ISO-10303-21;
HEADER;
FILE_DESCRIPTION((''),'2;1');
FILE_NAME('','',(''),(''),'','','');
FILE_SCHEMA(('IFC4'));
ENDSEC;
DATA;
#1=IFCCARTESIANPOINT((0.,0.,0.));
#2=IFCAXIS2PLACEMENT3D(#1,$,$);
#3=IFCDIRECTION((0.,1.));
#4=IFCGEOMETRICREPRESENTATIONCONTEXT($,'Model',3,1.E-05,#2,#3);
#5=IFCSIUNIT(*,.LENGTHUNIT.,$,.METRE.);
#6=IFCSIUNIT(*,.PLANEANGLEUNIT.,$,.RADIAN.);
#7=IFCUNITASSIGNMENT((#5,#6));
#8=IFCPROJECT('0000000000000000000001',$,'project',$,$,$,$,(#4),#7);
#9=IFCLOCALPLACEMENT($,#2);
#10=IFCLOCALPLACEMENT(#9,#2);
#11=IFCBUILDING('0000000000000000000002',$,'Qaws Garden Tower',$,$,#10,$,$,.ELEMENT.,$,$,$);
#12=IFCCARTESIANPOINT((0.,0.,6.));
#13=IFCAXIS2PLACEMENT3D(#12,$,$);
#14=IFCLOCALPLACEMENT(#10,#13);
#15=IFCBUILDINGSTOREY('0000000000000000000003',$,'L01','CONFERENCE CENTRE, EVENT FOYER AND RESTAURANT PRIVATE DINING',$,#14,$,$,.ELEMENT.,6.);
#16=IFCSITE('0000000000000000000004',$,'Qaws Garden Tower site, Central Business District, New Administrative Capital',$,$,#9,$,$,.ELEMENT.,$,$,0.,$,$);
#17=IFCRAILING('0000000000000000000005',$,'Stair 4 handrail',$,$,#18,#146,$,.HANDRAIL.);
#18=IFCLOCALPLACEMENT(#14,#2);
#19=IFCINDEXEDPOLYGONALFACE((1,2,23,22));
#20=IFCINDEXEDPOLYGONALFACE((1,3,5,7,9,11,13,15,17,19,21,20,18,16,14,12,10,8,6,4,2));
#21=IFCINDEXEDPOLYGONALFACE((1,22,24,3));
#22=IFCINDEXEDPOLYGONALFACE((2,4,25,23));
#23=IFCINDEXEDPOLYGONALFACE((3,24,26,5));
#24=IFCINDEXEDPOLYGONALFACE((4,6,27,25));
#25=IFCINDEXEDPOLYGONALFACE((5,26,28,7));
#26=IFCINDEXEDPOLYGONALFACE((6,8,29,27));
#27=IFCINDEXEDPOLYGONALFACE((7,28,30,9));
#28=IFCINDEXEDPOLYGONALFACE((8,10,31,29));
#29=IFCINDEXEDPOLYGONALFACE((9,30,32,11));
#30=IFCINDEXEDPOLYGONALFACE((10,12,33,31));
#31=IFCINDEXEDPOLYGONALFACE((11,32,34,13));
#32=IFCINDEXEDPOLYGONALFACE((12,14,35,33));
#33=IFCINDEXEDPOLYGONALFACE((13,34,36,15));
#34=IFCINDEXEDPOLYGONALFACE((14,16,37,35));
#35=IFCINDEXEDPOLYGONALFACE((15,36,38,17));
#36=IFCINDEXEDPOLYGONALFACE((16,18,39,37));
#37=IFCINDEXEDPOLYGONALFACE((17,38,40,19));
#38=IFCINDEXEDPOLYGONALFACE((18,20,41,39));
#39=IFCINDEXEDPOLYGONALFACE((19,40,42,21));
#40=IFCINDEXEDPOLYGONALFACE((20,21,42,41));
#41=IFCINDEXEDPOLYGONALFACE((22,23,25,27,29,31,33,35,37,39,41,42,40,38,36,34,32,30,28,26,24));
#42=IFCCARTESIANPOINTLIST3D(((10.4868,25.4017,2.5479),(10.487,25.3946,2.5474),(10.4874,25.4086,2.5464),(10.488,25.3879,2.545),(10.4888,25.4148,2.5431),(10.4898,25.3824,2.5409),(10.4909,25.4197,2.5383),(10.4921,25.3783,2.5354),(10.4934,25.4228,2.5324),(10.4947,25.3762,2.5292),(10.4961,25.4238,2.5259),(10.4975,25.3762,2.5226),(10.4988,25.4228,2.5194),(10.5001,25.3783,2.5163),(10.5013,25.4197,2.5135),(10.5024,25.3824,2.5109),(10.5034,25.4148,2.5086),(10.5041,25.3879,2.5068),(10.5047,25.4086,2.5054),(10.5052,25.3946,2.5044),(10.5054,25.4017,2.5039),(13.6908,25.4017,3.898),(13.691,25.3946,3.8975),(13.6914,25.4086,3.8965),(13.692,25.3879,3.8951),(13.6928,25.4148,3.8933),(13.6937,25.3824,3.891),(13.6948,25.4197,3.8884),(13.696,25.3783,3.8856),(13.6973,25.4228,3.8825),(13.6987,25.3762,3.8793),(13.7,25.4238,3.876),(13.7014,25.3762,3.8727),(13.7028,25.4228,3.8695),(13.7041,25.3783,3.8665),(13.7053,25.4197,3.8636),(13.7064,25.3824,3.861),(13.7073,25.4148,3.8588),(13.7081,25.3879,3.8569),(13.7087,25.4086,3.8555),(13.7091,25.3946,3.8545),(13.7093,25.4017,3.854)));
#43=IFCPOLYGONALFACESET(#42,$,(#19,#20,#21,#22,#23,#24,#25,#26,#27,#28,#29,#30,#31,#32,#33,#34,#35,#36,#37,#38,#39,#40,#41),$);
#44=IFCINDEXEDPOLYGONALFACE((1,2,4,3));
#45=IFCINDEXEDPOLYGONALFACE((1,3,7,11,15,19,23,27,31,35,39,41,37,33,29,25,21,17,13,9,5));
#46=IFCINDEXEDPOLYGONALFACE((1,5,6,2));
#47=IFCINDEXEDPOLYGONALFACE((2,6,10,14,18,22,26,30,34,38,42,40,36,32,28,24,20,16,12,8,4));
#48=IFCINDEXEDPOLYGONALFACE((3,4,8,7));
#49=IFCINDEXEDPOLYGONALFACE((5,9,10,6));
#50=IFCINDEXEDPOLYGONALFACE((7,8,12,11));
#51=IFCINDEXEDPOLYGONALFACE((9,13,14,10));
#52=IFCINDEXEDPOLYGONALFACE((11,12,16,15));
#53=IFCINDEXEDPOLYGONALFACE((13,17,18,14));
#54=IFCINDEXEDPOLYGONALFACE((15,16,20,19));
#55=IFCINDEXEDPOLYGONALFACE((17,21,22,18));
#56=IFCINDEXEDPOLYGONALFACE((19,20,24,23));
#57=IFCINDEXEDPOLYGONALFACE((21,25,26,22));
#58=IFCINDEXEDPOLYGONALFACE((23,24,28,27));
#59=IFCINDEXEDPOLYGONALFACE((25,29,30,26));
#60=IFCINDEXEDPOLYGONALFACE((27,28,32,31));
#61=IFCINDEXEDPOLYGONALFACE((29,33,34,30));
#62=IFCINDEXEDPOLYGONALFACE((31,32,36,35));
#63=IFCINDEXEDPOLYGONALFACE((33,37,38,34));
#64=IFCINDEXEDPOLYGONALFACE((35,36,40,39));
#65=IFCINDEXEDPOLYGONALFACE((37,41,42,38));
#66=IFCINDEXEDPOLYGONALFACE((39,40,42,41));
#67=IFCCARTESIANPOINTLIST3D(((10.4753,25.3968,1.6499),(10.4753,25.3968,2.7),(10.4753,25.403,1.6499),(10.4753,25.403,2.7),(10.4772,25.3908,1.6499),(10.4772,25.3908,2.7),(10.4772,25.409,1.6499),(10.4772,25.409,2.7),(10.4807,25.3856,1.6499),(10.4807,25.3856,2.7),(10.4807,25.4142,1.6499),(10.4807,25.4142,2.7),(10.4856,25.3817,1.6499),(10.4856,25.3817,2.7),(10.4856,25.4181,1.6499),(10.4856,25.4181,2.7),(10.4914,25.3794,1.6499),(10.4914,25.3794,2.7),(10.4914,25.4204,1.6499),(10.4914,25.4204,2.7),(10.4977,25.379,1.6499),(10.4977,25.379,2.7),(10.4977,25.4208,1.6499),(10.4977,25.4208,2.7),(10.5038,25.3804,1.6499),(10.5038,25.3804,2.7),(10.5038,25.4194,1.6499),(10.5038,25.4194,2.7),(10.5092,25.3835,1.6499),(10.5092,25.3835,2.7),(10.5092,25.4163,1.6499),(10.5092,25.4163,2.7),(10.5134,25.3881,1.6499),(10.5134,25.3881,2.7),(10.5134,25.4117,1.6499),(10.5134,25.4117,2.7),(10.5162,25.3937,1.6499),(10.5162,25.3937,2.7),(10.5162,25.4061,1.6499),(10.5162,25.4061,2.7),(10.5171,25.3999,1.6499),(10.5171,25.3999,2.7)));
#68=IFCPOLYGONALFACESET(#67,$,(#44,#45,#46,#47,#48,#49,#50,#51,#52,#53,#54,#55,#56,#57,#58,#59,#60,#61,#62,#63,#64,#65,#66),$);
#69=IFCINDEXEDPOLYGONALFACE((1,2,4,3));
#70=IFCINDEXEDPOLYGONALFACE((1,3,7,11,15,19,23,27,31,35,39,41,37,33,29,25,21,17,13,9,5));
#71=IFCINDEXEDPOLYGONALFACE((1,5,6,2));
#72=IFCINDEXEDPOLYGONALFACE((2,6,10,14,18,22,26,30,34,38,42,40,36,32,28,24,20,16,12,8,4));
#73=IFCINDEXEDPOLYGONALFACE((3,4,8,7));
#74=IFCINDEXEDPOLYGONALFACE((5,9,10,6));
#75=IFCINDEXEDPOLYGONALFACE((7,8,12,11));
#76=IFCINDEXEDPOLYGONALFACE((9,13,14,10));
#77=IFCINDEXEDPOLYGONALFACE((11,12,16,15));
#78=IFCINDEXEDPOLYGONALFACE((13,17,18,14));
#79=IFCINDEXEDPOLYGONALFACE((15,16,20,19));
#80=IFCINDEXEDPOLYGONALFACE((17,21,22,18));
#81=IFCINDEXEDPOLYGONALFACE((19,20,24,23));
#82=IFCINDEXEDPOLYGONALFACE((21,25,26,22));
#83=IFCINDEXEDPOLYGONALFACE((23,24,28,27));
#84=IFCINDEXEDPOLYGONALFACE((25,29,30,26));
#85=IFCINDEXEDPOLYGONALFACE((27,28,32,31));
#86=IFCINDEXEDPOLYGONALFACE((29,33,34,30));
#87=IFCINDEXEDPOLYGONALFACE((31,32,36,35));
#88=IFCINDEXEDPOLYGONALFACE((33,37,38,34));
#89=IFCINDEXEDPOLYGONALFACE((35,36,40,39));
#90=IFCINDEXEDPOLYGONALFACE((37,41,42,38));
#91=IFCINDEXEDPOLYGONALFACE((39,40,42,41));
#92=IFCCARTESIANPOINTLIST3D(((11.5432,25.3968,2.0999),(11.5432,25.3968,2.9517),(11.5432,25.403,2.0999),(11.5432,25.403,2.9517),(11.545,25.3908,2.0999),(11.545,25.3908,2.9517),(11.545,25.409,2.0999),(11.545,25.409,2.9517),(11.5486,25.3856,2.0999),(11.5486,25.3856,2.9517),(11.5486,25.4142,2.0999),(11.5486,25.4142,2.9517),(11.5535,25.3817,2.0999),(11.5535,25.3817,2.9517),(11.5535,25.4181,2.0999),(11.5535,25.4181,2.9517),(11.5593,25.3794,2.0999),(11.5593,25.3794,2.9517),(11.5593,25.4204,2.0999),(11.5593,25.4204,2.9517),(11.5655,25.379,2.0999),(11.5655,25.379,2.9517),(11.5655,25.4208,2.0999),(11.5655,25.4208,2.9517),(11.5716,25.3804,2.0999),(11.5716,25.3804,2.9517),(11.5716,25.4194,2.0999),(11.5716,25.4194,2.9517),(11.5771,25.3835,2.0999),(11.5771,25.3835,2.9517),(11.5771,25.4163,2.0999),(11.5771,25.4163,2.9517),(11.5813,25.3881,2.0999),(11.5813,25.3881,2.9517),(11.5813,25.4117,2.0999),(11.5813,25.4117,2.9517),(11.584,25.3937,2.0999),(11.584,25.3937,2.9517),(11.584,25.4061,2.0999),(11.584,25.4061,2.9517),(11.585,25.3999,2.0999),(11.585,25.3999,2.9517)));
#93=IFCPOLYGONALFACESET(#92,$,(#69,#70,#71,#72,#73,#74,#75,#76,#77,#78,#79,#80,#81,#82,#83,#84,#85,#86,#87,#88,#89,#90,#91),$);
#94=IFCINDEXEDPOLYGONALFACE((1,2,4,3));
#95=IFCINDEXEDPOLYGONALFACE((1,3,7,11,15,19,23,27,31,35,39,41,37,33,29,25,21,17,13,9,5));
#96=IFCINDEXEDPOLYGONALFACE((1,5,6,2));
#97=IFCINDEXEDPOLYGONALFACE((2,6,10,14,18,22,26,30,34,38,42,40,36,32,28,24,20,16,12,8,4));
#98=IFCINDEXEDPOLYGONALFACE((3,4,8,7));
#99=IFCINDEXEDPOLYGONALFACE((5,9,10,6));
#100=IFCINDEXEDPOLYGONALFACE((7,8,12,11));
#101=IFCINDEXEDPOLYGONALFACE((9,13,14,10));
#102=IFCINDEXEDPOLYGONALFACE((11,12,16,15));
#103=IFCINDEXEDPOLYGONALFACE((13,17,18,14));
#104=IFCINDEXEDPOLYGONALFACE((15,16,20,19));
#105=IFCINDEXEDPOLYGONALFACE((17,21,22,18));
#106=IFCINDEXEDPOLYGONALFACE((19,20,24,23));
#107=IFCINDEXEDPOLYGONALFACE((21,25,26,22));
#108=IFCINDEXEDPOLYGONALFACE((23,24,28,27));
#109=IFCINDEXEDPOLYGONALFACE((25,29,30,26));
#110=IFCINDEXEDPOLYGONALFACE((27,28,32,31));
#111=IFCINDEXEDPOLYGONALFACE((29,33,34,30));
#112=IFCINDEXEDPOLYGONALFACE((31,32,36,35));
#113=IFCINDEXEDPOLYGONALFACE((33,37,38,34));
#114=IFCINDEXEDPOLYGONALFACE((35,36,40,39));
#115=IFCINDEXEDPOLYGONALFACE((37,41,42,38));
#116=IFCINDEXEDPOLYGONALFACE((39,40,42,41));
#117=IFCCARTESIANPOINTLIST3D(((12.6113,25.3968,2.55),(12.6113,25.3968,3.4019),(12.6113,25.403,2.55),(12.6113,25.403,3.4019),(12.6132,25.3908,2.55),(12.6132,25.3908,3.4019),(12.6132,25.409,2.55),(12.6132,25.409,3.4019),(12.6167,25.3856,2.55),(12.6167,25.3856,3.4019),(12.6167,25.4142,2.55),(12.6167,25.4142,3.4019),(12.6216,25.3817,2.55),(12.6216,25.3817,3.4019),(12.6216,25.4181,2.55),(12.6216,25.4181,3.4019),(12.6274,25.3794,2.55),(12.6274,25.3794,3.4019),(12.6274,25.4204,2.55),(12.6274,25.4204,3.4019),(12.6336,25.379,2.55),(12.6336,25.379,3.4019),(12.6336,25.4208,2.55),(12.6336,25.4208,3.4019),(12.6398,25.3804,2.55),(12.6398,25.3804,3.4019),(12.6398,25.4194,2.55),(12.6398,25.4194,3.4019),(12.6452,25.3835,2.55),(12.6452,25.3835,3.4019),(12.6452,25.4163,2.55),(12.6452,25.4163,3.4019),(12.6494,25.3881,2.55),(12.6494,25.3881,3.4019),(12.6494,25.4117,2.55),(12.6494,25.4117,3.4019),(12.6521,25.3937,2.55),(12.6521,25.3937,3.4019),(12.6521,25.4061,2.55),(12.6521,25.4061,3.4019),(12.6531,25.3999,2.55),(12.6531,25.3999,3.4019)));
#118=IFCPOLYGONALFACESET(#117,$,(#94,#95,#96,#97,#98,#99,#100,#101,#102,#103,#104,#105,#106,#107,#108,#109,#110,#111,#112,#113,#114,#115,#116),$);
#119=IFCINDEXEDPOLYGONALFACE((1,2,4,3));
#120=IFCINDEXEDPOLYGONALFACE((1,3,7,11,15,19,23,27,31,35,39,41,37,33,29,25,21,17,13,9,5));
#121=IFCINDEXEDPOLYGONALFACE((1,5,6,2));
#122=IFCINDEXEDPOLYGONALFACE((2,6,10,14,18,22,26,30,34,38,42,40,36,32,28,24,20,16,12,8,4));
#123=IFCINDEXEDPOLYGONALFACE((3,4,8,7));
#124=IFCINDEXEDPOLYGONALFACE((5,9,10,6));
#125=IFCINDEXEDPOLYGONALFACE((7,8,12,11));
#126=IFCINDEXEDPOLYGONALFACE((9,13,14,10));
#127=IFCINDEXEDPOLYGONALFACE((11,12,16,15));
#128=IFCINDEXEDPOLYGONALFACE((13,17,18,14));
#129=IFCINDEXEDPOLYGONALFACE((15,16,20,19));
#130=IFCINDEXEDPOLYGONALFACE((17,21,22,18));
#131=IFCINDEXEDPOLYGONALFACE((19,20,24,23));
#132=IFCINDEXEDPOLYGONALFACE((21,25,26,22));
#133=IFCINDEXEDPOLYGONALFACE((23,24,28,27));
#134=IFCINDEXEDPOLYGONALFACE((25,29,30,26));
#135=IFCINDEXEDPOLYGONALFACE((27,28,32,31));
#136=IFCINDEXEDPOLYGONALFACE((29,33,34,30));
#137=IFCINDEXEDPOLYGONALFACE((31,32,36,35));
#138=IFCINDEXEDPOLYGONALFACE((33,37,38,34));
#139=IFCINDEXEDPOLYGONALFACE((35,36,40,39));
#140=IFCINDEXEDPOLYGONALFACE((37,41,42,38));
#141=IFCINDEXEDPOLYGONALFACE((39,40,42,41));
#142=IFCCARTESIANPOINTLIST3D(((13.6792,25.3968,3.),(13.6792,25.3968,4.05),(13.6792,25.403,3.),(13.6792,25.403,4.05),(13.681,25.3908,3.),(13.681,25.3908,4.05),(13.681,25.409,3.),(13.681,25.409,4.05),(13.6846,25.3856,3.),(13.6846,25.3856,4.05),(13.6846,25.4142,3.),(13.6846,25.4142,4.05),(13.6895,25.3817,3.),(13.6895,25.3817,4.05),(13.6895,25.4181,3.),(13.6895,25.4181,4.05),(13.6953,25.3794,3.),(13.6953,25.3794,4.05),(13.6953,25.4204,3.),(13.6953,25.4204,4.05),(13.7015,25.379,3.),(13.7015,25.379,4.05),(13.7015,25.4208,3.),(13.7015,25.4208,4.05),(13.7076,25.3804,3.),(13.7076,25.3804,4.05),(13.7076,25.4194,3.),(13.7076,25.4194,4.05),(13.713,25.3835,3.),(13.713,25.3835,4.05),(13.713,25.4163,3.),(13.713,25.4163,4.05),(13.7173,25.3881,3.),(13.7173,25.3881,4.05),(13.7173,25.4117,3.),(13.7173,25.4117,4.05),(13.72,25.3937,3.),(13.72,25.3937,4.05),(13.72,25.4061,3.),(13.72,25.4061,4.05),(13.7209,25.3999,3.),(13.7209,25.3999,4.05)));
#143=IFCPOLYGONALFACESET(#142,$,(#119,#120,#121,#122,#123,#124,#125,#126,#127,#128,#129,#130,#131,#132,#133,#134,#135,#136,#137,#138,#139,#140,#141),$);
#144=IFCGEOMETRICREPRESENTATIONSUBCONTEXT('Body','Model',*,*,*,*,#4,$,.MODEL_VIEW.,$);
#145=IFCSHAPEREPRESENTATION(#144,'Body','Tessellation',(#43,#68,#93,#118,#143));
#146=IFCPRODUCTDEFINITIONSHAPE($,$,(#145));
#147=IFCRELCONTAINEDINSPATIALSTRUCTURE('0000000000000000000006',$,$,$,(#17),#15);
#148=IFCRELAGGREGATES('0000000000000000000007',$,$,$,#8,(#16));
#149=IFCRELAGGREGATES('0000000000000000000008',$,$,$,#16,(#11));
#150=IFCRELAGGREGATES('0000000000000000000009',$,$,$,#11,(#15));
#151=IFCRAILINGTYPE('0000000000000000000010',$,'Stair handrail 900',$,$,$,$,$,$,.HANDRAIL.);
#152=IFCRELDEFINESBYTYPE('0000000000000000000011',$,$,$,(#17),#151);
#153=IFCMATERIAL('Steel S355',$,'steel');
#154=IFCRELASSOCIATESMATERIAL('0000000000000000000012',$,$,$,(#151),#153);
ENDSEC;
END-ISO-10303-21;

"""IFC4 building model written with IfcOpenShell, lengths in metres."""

from ifc_helpers import new_model, si_unit, direction, frame, origin, origin_2d, place, context, subcontext, project, spatial, circle, extrude, material, type_object, element, save


model = new_model("IFC4")

# Units and contexts
model_context = context("Model", 3, precision=1e-05, world=origin(), true_north=direction((0.0, 1.0)))
body_context = subcontext(model_context, "Body", "Model", "MODEL_VIEW")
ifc_project = project(units=[si_unit("LENGTHUNIT", "METRE"), si_unit("PLANEANGLEUNIT", "RADIAN")], contexts=[model_context])

# Site, building, storey
site_placement = place(None, origin())
site = spatial("IfcSite", under=ifc_project, at=site_placement, Name="Qaws Garden Tower site, Central Business District, New Administrative Capital", CompositionType="ELEMENT", RefElevation=0.0)
building_placement = place(site_placement, origin())
building = spatial("IfcBuilding", under=site, at=building_placement, Name="Qaws Garden Tower", CompositionType="ELEMENT")
storey_placement = place(building_placement, frame((0.0, 0.0, 6.0)))
storey = spatial("IfcBuildingStorey", under=building, at=storey_placement, Name="L01", Description="CONFERENCE CENTRE, EVENT FOYER AND RESTAURANT PRIVATE DINING", CompositionType="ELEMENT", Elevation=6.0)

# Railing
ifc_material_1 = material(Name="Steel S355", Category="steel")
railing_type = type_object("IfcRailingType", Name="Stair handrail 900", PredefinedType="HANDRAIL", material=ifc_material_1)
railing_1_placement = place(storey_placement, frame((10.4961, 25.3999, 1.6499)))
element("IfcRailing", 1, at=railing_1_placement, inside=storey, type_object=railing_type, Name="Stair 4 handrail", PredefinedType="HANDRAIL", context=body_context, shape_type="SweptSolid", body=[
    extrude(circle(Radius=0.0239, at=origin_2d()), frame((0.0, 0.0, 0.876), z_axis=(0.921522, 0.0, 0.388327), x_axis=(0.0, 1.0, 0.0)), (0.0, 0.0, 1.0), 3.4768),
    extrude(circle(Radius=0.021, at=origin_2d()), origin(), (0.0, 0.0, 1.0), 1.05),
    extrude(circle(Radius=0.021, at=origin_2d()), frame((1.0679, 0.0, 0.45)), (0.0, 0.0, 1.0), 0.8518),
    extrude(circle(Radius=0.021, at=origin_2d()), frame((2.136, 0.0, 0.9001)), (0.0, 0.0, 1.0), 0.8518),
    extrude(circle(Radius=0.021, at=origin_2d()), frame((3.2039, 0.0, 1.3501)), (0.0, 0.0, 1.0), 1.05),
])

save(model, "model.ifc")
